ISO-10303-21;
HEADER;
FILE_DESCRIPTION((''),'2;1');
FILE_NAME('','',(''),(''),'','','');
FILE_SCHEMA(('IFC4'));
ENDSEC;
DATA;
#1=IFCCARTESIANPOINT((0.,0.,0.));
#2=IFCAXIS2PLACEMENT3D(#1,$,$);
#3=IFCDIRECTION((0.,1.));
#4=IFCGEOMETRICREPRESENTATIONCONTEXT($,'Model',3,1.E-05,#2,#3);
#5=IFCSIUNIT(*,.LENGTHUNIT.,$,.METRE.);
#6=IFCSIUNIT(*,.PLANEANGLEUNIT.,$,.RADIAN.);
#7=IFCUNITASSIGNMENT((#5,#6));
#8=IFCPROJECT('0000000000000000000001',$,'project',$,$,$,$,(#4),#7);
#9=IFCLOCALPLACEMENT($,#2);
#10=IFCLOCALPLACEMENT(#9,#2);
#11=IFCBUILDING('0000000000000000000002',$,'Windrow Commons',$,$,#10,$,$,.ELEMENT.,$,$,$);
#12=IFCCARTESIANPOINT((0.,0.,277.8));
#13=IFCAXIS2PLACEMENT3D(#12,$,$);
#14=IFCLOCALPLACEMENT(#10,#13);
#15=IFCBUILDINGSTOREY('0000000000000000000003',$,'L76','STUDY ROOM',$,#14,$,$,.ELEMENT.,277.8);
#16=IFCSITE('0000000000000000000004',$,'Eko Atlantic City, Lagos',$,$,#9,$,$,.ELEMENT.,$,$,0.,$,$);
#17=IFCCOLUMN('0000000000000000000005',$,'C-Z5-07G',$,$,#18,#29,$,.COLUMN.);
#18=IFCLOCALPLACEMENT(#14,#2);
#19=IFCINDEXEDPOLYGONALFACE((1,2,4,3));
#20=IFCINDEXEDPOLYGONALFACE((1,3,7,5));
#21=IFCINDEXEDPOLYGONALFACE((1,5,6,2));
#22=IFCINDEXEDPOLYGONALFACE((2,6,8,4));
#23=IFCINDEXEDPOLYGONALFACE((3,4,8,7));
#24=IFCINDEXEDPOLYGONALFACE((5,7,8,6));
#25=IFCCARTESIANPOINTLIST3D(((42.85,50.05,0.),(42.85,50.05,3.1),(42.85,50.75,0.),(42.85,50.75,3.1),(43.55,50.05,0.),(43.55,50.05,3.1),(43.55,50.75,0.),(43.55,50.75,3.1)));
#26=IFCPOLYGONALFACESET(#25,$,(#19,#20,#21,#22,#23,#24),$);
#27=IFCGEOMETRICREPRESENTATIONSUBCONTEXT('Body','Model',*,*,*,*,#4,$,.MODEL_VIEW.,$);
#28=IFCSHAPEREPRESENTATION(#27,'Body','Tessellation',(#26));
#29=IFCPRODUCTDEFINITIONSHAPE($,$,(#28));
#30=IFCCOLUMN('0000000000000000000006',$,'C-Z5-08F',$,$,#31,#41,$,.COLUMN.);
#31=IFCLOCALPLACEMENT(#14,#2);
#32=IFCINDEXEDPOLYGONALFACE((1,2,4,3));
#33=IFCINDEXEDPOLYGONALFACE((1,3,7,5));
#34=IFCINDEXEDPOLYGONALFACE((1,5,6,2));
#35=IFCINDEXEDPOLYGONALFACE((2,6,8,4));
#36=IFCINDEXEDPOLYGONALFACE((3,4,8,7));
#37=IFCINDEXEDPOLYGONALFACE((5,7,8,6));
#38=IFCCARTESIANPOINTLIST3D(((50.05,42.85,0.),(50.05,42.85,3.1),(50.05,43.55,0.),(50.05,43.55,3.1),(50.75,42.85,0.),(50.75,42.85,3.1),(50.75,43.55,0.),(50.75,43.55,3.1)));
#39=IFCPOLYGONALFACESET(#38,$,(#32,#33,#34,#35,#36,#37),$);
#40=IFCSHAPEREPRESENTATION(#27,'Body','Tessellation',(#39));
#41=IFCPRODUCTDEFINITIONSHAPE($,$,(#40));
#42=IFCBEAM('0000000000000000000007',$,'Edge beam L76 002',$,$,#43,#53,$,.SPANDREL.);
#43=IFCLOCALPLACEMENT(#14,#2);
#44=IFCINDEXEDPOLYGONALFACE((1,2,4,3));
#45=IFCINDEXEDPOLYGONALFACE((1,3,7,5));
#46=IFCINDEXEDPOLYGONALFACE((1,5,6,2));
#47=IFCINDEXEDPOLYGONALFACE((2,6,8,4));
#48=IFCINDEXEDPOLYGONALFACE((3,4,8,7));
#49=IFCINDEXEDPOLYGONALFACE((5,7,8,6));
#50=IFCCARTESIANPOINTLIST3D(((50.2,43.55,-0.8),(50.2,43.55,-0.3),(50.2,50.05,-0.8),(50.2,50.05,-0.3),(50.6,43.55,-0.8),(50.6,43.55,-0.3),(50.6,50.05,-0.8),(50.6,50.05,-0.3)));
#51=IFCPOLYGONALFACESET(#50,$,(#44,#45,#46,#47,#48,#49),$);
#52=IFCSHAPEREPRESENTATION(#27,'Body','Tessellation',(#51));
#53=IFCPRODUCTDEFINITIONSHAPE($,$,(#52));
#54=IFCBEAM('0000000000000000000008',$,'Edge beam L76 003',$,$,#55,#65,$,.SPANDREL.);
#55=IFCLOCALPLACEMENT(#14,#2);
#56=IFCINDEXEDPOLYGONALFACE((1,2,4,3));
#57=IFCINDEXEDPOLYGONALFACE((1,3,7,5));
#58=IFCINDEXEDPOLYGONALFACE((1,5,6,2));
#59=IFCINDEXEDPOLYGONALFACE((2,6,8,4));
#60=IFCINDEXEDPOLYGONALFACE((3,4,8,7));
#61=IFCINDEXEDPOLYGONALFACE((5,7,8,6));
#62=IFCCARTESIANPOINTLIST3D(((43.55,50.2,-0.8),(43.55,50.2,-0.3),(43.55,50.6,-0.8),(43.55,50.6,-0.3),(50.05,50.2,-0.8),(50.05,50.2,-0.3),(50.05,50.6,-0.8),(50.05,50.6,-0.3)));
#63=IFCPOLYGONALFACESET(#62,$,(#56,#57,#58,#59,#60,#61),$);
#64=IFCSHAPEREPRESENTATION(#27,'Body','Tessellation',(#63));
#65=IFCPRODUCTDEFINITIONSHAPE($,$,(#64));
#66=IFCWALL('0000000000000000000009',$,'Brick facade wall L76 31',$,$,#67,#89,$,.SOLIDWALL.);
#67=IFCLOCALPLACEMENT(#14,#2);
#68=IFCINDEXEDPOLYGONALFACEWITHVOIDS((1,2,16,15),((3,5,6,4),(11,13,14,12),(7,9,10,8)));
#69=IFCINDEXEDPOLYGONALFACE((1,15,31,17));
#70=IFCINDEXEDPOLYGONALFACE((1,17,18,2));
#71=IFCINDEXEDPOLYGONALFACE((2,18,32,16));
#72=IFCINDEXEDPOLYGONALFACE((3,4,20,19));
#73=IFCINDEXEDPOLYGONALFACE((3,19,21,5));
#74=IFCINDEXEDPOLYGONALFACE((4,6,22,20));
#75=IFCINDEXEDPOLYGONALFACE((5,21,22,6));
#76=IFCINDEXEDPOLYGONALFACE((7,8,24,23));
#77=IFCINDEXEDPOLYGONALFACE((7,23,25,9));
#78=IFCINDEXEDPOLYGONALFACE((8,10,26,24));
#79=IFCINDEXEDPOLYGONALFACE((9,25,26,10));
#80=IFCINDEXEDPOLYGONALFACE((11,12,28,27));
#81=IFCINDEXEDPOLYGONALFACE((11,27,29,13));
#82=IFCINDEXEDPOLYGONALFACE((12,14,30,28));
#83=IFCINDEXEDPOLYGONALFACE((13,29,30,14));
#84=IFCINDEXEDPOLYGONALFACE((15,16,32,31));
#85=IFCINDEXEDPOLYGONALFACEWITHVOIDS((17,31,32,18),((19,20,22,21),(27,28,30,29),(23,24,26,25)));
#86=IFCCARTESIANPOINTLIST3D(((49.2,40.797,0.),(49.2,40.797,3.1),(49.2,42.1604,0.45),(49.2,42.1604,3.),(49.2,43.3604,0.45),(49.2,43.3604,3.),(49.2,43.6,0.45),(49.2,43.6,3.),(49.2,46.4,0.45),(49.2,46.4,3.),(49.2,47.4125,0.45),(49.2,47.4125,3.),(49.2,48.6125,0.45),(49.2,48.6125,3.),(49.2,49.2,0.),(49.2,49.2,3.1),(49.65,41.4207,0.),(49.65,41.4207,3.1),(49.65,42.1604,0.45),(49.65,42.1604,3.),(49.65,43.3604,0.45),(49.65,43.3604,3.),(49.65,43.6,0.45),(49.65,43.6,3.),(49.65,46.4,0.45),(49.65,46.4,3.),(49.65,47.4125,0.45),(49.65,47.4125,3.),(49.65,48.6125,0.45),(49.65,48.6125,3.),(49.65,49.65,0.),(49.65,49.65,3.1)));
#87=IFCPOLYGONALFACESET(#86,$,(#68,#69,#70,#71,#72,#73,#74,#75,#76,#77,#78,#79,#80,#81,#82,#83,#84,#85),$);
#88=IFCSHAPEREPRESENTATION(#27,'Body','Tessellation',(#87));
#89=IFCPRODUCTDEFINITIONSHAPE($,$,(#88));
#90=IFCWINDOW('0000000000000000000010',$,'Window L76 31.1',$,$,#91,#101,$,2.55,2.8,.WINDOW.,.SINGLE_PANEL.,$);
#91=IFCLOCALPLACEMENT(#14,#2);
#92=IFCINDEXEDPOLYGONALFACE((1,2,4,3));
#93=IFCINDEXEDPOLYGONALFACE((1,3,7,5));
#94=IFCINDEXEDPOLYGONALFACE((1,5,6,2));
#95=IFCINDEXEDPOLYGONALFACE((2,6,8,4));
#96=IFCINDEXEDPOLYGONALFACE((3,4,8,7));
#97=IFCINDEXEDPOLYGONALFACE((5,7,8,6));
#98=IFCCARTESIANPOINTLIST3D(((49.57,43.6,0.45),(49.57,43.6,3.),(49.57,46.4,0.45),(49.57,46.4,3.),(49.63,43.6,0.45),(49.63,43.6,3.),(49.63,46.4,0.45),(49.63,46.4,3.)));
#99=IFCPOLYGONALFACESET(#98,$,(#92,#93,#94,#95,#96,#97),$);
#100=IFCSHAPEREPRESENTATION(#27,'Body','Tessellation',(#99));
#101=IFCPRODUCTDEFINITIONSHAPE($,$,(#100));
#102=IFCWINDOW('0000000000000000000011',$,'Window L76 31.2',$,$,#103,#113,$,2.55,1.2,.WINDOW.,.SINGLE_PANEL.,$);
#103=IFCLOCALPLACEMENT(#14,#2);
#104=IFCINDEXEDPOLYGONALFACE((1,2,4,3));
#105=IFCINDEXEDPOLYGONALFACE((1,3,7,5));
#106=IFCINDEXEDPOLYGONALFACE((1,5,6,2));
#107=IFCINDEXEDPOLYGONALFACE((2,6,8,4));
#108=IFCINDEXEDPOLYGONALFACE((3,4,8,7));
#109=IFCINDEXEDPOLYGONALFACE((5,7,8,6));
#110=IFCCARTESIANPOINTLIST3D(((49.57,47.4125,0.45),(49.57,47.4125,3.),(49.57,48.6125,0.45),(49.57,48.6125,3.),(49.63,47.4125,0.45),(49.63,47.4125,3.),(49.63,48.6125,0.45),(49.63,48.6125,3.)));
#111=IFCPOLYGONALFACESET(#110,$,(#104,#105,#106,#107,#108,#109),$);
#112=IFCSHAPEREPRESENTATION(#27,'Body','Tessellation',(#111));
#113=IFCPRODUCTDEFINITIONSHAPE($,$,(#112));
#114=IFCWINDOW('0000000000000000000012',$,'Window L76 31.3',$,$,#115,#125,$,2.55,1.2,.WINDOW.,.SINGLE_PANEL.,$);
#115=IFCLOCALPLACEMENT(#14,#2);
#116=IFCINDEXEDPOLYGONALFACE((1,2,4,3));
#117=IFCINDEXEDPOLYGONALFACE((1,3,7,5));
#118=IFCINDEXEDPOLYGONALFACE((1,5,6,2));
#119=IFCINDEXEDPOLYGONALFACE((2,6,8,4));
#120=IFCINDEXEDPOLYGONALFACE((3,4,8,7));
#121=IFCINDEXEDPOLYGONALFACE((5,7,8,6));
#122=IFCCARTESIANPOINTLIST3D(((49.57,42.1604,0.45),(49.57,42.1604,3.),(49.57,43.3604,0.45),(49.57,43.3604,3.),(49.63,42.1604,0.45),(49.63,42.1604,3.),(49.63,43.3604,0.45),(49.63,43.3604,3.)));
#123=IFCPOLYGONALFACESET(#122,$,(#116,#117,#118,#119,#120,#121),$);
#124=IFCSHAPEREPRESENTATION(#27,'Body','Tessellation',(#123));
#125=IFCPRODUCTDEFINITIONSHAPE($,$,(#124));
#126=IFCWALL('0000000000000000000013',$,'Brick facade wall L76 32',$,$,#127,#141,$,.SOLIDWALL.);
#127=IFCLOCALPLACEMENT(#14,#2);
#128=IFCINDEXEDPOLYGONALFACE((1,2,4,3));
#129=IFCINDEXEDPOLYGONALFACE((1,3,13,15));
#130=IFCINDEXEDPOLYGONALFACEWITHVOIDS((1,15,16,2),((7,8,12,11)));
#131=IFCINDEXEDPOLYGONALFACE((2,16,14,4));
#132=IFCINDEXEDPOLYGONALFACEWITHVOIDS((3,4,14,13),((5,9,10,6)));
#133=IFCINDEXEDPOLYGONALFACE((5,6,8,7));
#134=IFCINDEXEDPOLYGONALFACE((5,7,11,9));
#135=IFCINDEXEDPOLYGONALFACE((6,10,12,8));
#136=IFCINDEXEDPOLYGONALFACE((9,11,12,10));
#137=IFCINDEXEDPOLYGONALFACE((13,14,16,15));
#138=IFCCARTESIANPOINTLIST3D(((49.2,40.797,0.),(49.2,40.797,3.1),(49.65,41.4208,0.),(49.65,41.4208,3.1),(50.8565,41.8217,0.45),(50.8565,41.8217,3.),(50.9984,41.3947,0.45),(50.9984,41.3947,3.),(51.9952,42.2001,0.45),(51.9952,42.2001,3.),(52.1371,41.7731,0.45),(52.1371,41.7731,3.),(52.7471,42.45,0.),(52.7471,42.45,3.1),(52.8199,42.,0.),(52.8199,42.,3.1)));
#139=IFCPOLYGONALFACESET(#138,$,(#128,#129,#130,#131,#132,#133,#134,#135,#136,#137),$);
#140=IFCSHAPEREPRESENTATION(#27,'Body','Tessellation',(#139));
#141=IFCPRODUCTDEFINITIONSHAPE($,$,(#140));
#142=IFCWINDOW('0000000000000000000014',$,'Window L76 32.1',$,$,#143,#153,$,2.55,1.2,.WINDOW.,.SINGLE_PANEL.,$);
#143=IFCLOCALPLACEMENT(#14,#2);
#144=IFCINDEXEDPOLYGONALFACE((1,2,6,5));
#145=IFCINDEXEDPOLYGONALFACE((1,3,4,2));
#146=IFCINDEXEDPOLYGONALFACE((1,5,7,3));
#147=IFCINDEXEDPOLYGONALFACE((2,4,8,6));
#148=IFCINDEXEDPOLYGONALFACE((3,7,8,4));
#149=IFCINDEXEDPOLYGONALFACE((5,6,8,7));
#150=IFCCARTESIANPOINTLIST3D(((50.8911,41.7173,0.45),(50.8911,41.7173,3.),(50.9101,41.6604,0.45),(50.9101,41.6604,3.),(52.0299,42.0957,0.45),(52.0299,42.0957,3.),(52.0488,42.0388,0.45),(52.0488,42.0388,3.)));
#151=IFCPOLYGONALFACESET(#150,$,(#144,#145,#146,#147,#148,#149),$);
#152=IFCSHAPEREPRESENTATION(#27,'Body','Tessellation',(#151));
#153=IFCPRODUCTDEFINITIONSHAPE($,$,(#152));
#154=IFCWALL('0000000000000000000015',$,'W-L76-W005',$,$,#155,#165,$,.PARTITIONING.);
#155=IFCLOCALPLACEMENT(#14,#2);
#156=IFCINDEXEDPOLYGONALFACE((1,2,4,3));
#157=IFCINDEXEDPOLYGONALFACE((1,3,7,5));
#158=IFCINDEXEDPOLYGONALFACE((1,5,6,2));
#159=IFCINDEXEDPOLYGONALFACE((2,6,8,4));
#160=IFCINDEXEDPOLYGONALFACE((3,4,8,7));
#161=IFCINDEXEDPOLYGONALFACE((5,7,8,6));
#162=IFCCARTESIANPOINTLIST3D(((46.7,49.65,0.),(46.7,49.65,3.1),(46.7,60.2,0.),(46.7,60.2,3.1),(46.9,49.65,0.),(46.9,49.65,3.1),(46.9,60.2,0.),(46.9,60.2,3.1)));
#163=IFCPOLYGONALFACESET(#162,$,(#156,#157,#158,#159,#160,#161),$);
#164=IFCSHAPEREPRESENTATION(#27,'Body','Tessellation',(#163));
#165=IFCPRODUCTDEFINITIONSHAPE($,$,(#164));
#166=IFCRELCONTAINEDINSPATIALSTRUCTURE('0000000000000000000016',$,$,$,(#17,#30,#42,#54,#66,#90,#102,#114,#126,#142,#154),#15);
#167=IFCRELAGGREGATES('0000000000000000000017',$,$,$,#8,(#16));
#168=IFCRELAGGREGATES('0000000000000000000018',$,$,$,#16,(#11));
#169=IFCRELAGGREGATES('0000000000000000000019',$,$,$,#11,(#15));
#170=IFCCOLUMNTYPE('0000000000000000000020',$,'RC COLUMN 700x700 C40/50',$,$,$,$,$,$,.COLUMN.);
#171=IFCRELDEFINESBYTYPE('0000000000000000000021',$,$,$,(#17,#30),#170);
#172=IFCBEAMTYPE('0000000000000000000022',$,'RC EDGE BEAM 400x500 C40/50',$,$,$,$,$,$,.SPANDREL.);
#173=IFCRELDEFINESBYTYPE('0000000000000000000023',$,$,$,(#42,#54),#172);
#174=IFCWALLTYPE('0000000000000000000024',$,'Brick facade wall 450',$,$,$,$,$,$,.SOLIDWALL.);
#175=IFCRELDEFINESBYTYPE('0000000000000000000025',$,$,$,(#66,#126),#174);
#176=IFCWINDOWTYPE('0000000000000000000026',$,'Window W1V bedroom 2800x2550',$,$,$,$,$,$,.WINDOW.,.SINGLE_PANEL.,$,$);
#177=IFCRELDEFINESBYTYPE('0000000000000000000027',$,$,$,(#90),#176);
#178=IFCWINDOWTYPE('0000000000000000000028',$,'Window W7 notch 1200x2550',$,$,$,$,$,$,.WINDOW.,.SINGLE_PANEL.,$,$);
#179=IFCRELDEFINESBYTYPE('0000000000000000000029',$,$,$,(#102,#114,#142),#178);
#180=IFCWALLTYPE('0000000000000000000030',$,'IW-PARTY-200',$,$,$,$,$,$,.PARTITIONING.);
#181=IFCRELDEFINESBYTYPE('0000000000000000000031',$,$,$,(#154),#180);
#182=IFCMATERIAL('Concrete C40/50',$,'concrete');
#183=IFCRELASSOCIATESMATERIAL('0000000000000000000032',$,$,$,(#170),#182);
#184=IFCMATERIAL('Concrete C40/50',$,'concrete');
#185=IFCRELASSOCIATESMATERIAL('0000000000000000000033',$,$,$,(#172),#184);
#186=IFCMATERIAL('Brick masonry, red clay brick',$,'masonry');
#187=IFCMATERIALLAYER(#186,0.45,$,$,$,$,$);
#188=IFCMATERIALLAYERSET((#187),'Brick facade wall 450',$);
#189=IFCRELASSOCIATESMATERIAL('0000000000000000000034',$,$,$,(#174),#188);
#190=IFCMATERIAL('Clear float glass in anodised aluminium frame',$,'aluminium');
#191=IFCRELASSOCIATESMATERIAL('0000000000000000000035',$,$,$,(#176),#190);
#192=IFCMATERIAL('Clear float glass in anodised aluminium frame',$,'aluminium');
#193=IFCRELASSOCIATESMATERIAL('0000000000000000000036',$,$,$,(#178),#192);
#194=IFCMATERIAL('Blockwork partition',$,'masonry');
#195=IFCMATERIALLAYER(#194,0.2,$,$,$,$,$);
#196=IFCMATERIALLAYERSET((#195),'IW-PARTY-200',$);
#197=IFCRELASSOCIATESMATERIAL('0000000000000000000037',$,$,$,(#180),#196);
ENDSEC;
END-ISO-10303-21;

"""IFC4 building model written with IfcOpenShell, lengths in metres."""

from ifc_helpers import new_model, si_unit, direction, frame, frame_2d, origin, origin_2d, place, context, subcontext, project, spatial, polyline, rectangle, outline, extrude, material, layer, layer_set, material_profile, profile_set, type_object, element, fill, save


model = new_model("IFC4")

# Units and contexts
model_context = context("Model", 3, precision=1e-05, world=origin(), true_north=direction((0.0, 1.0)))
body_context = subcontext(model_context, "Body", "Model", "MODEL_VIEW")
ifc_project = project(units=[si_unit("LENGTHUNIT", "METRE"), si_unit("PLANEANGLEUNIT", "RADIAN")], contexts=[model_context])

# Site, building, storey
site_placement = place(None, origin())
site = spatial("IfcSite", under=ifc_project, at=site_placement, Name="Eko Atlantic City, Lagos", CompositionType="ELEMENT", RefElevation=0.0)
building_placement = place(site_placement, origin())
building = spatial("IfcBuilding", under=site, at=building_placement, Name="Windrow Commons", CompositionType="ELEMENT")
storey_placement = place(building_placement, frame((0.0, 0.0, 277.8)))
storey = spatial("IfcBuildingStorey", under=building, at=storey_placement, Name="L76", Description="STUDY ROOM", CompositionType="ELEMENT", Elevation=277.8)

# Columns
ifc_material_1 = material(Name="Concrete C40/50", Category="concrete")
ifc_material_profile_1 = material_profile(ifc_material_1, rectangle(XDim=0.7, YDim=0.7, at=origin_2d()))
ifc_profile_set_1 = profile_set([ifc_material_profile_1], Name="Concrete C40/50")
column_type = type_object("IfcColumnType", Name="RC COLUMN 700x700 C40/50", PredefinedType="COLUMN", material=ifc_profile_set_1)
for number, where, z_axis, x_axis, name in (
    (1, (43.2, 50.4, 0.0), (0.0, 0.0, 1.0), (1.0, 0.0, 0.0), "C-Z5-07G"),
    (2, (50.4, 43.2, 0.0), (0.0, 0.0, 1.0), (1.0, 0.0, 0.0), "C-Z5-08F"),
):
    element("IfcColumn", number, at=place(storey_placement, frame(where, z_axis=z_axis, x_axis=x_axis)), inside=storey, type_object=column_type, Name=name, PredefinedType="COLUMN", context=body_context, shape_type="SweptSolid", body=[
        extrude(rectangle(XDim=0.7, YDim=0.7, at=origin_2d()), origin(), (0.0, 0.0, 1.0), 3.1),
    ])

# Beams
ifc_material_2 = material(Name="Concrete C40/50", Category="concrete")
ifc_material_profile_2 = material_profile(ifc_material_2, rectangle(XDim=0.4, YDim=0.5, at=origin_2d()))
ifc_profile_set_2 = profile_set([ifc_material_profile_2], Name="Concrete C40/50")
beam_type = type_object("IfcBeamType", Name="RC EDGE BEAM 400x500 C40/50", PredefinedType="SPANDREL", material=ifc_profile_set_2)
for number, where, z_axis, x_axis, name in (
    (3, (50.4, 43.55, -0.55), (0.0, 1.0, 0.0), (-1.0, 0.0, 0.0), "Edge beam L76 002"),
    (4, (50.05, 50.4, -0.55), (-1.0, 0.0, 0.0), (0.0, -1.0, 0.0), "Edge beam L76 003"),
):
    element("IfcBeam", number, at=place(storey_placement, frame(where, z_axis=z_axis, x_axis=x_axis)), inside=storey, type_object=beam_type, Name=name, PredefinedType="SPANDREL", context=body_context, shape_type="SweptSolid", body=[
        extrude(rectangle(XDim=0.4, YDim=0.5, at=origin_2d()), origin(), (0.0, 0.0, 1.0), 6.5),
    ])

# Wall, openings, windows
ifc_material_3 = material(Name="Brick masonry, red clay brick", Category="masonry")
ifc_layer_1 = layer(ifc_material_3, 0.45)
ifc_layer_set_1 = layer_set([ifc_layer_1], Name="Brick facade wall 450")
wall_type_1 = type_object("IfcWallType", Name="Brick facade wall 450", PredefinedType="SOLIDWALL", material=ifc_layer_set_1)
wall_1_placement = place(storey_placement, frame((49.425, 49.425, 0.0), z_axis=(0.0, 0.0, 1.0), x_axis=(0.0, -1.0, 0.0)))
wall_1 = element("IfcWall", 5, at=wall_1_placement, inside=storey, type_object=wall_type_1, Name="Brick facade wall L76 31", PredefinedType="SOLIDWALL", context=body_context, shape_type="SweptSolid", body=[
    extrude(outline(polyline([(0.225, -0.225), (8.628, -0.225), (8.0043, 0.225), (-0.225, 0.225), (0.225, -0.225)])), origin(), (0.0, 0.0, 1.0), 3.1),
])
opening_1_placement = place(wall_1_placement, frame((3.025, 0.0, 0.45)))
opening_1 = element("IfcOpeningElement", 6, at=opening_1_placement, cuts=wall_1, PredefinedType="OPENING", context=body_context, shape_type="SweptSolid", body=[
    extrude(rectangle(XDim=2.8, YDim=2.55, at=frame_2d((1.4, 1.275))), frame((0.0, 0.235, 0.0), z_axis=(0.0, -1.0, 0.0), x_axis=(1.0, 0.0, 0.0)), (0.0, 0.0, 1.0), 0.47),
])
opening_2_placement = place(wall_1_placement, frame((0.8125, 0.0, 0.45)))
opening_2 = element("IfcOpeningElement", 7, at=opening_2_placement, cuts=wall_1, PredefinedType="OPENING", context=body_context, shape_type="SweptSolid", body=[
    extrude(rectangle(XDim=1.2, YDim=2.55, at=frame_2d((0.6, 1.275))), frame((0.0, 0.235, 0.0), z_axis=(0.0, -1.0, 0.0), x_axis=(1.0, 0.0, 0.0)), (0.0, 0.0, 1.0), 0.47),
])
opening_3_placement = place(wall_1_placement, frame((6.0646, 0.0, 0.45)))
opening_3 = element("IfcOpeningElement", 8, at=opening_3_placement, cuts=wall_1, PredefinedType="OPENING", context=body_context, shape_type="SweptSolid", body=[
    extrude(rectangle(XDim=1.2, YDim=2.55, at=frame_2d((0.6, 1.275))), frame((0.0, 0.235, 0.0), z_axis=(0.0, -1.0, 0.0), x_axis=(1.0, 0.0, 0.0)), (0.0, 0.0, 1.0), 0.47),
])
ifc_material_4 = material(Name="Clear float glass in anodised aluminium frame", Category="aluminium")
window_type_1 = type_object("IfcWindowType", Name="Window W1V bedroom 2800x2550", PartitioningType="SINGLE_PANEL", PredefinedType="WINDOW", material=ifc_material_4)
window_1_placement = place(opening_1_placement, origin())
window_1 = element("IfcWindow", 9, at=window_1_placement, inside=storey, type_object=window_type_1, Name="Window L76 31.1", OverallHeight=2.55, OverallWidth=2.8, PartitioningType="SINGLE_PANEL", PredefinedType="WINDOW", context=body_context, shape_type="SweptSolid", body=[
    extrude(rectangle(XDim=2.8, YDim=2.55, at=frame_2d((1.4, 1.275))), frame((0.0, 0.205, 0.0), z_axis=(0.0, -1.0, 0.0), x_axis=(1.0, 0.0, 0.0)), (0.0, 0.0, 1.0), 0.06),
])
fill(opening_1, window_1)
ifc_material_5 = material(Name="Clear float glass in anodised aluminium frame", Category="aluminium")
window_type_2 = type_object("IfcWindowType", Name="Window W7 notch 1200x2550", PartitioningType="SINGLE_PANEL", PredefinedType="WINDOW", material=ifc_material_5)
window_2_placement = place(opening_2_placement, origin())
window_2 = element("IfcWindow", 10, at=window_2_placement, inside=storey, type_object=window_type_2, Name="Window L76 31.2", OverallHeight=2.55, OverallWidth=1.2, PartitioningType="SINGLE_PANEL", PredefinedType="WINDOW", context=body_context, shape_type="SweptSolid", body=[
    extrude(rectangle(XDim=1.2, YDim=2.55, at=frame_2d((0.6, 1.275))), frame((0.0, 0.205, 0.0), z_axis=(0.0, -1.0, 0.0), x_axis=(1.0, 0.0, 0.0)), (0.0, 0.0, 1.0), 0.06),
])
fill(opening_2, window_2)
window_3_placement = place(opening_3_placement, origin())
window_3 = element("IfcWindow", 11, at=window_3_placement, inside=storey, type_object=window_type_2, Name="Window L76 31.3", OverallHeight=2.55, OverallWidth=1.2, PartitioningType="SINGLE_PANEL", PredefinedType="WINDOW", context=body_context, shape_type="SweptSolid", body=[
    extrude(rectangle(XDim=1.2, YDim=2.55, at=frame_2d((0.6, 1.275))), frame((0.0, 0.205, 0.0), z_axis=(0.0, -1.0, 0.0), x_axis=(1.0, 0.0, 0.0)), (0.0, 0.0, 1.0), 0.06),
])
fill(opening_3, window_3)

# Wall, opening, window
wall_2_placement = place(storey_placement, frame((49.425, 41.1089, 0.0), z_axis=(0.0, 0.0, 1.0), x_axis=(0.948971, 0.315363, 0.0)))
wall_2 = element("IfcWall", 12, at=wall_2_placement, inside=storey, type_object=wall_type_1, Name="Brick facade wall L76 32", PredefinedType="SOLIDWALL", context=body_context, shape_type="SweptSolid", body=[
    extrude(outline(polyline([(-0.3119, -0.225), (3.5027, -0.225), (3.5755, 0.225), (0.3119, 0.225), (-0.3119, -0.225)])), origin(), (0.0, 0.0, 1.0), 3.1),
])
opening_4_placement = place(wall_2_placement, frame((1.5832, 0.0, 0.45)))
opening_4 = element("IfcOpeningElement", 13, at=opening_4_placement, cuts=wall_2, PredefinedType="OPENING", context=body_context, shape_type="SweptSolid", body=[
    extrude(rectangle(XDim=1.2, YDim=2.55, at=frame_2d((0.6, 1.275))), frame((0.0, 0.235, 0.0), z_axis=(0.0, -1.0, 0.0), x_axis=(1.0, 0.0, 0.0)), (0.0, 0.0, 1.0), 0.47),
])
window_4_placement = place(opening_4_placement, origin())
window_4 = element("IfcWindow", 14, at=window_4_placement, inside=storey, type_object=window_type_2, Name="Window L76 32.1", OverallHeight=2.55, OverallWidth=1.2, PartitioningType="SINGLE_PANEL", PredefinedType="WINDOW", context=body_context, shape_type="SweptSolid", body=[
    extrude(rectangle(XDim=1.2, YDim=2.55, at=frame_2d((0.6, 1.275))), frame((0.0, 0.115, 0.0), z_axis=(0.0, -1.0, 0.0), x_axis=(1.0, 0.0, 0.0)), (0.0, 0.0, 1.0), 0.06),
])
fill(opening_4, window_4)

# Wall
ifc_material_6 = material(Name="Blockwork partition", Category="masonry")
ifc_layer_2 = layer(ifc_material_6, 0.2)
ifc_layer_set_2 = layer_set([ifc_layer_2], Name="IW-PARTY-200")
wall_type_2 = type_object("IfcWallType", Name="IW-PARTY-200", PredefinedType="PARTITIONING", material=ifc_layer_set_2)
wall_3_placement = place(storey_placement, frame((46.8, 49.65, 0.0), z_axis=(0.0, 0.0, 1.0), x_axis=(0.0, 1.0, 0.0)))
element("IfcWall", 15, at=wall_3_placement, inside=storey, type_object=wall_type_2, Name="W-L76-W005", PredefinedType="PARTITIONING", context=body_context, shape_type="SweptSolid", body=[
    extrude(rectangle(XDim=10.55, YDim=0.2, at=frame_2d((5.275, 0.0))), origin(), (0.0, 0.0, 1.0), 3.1),
])

save(model, "model.ifc")
